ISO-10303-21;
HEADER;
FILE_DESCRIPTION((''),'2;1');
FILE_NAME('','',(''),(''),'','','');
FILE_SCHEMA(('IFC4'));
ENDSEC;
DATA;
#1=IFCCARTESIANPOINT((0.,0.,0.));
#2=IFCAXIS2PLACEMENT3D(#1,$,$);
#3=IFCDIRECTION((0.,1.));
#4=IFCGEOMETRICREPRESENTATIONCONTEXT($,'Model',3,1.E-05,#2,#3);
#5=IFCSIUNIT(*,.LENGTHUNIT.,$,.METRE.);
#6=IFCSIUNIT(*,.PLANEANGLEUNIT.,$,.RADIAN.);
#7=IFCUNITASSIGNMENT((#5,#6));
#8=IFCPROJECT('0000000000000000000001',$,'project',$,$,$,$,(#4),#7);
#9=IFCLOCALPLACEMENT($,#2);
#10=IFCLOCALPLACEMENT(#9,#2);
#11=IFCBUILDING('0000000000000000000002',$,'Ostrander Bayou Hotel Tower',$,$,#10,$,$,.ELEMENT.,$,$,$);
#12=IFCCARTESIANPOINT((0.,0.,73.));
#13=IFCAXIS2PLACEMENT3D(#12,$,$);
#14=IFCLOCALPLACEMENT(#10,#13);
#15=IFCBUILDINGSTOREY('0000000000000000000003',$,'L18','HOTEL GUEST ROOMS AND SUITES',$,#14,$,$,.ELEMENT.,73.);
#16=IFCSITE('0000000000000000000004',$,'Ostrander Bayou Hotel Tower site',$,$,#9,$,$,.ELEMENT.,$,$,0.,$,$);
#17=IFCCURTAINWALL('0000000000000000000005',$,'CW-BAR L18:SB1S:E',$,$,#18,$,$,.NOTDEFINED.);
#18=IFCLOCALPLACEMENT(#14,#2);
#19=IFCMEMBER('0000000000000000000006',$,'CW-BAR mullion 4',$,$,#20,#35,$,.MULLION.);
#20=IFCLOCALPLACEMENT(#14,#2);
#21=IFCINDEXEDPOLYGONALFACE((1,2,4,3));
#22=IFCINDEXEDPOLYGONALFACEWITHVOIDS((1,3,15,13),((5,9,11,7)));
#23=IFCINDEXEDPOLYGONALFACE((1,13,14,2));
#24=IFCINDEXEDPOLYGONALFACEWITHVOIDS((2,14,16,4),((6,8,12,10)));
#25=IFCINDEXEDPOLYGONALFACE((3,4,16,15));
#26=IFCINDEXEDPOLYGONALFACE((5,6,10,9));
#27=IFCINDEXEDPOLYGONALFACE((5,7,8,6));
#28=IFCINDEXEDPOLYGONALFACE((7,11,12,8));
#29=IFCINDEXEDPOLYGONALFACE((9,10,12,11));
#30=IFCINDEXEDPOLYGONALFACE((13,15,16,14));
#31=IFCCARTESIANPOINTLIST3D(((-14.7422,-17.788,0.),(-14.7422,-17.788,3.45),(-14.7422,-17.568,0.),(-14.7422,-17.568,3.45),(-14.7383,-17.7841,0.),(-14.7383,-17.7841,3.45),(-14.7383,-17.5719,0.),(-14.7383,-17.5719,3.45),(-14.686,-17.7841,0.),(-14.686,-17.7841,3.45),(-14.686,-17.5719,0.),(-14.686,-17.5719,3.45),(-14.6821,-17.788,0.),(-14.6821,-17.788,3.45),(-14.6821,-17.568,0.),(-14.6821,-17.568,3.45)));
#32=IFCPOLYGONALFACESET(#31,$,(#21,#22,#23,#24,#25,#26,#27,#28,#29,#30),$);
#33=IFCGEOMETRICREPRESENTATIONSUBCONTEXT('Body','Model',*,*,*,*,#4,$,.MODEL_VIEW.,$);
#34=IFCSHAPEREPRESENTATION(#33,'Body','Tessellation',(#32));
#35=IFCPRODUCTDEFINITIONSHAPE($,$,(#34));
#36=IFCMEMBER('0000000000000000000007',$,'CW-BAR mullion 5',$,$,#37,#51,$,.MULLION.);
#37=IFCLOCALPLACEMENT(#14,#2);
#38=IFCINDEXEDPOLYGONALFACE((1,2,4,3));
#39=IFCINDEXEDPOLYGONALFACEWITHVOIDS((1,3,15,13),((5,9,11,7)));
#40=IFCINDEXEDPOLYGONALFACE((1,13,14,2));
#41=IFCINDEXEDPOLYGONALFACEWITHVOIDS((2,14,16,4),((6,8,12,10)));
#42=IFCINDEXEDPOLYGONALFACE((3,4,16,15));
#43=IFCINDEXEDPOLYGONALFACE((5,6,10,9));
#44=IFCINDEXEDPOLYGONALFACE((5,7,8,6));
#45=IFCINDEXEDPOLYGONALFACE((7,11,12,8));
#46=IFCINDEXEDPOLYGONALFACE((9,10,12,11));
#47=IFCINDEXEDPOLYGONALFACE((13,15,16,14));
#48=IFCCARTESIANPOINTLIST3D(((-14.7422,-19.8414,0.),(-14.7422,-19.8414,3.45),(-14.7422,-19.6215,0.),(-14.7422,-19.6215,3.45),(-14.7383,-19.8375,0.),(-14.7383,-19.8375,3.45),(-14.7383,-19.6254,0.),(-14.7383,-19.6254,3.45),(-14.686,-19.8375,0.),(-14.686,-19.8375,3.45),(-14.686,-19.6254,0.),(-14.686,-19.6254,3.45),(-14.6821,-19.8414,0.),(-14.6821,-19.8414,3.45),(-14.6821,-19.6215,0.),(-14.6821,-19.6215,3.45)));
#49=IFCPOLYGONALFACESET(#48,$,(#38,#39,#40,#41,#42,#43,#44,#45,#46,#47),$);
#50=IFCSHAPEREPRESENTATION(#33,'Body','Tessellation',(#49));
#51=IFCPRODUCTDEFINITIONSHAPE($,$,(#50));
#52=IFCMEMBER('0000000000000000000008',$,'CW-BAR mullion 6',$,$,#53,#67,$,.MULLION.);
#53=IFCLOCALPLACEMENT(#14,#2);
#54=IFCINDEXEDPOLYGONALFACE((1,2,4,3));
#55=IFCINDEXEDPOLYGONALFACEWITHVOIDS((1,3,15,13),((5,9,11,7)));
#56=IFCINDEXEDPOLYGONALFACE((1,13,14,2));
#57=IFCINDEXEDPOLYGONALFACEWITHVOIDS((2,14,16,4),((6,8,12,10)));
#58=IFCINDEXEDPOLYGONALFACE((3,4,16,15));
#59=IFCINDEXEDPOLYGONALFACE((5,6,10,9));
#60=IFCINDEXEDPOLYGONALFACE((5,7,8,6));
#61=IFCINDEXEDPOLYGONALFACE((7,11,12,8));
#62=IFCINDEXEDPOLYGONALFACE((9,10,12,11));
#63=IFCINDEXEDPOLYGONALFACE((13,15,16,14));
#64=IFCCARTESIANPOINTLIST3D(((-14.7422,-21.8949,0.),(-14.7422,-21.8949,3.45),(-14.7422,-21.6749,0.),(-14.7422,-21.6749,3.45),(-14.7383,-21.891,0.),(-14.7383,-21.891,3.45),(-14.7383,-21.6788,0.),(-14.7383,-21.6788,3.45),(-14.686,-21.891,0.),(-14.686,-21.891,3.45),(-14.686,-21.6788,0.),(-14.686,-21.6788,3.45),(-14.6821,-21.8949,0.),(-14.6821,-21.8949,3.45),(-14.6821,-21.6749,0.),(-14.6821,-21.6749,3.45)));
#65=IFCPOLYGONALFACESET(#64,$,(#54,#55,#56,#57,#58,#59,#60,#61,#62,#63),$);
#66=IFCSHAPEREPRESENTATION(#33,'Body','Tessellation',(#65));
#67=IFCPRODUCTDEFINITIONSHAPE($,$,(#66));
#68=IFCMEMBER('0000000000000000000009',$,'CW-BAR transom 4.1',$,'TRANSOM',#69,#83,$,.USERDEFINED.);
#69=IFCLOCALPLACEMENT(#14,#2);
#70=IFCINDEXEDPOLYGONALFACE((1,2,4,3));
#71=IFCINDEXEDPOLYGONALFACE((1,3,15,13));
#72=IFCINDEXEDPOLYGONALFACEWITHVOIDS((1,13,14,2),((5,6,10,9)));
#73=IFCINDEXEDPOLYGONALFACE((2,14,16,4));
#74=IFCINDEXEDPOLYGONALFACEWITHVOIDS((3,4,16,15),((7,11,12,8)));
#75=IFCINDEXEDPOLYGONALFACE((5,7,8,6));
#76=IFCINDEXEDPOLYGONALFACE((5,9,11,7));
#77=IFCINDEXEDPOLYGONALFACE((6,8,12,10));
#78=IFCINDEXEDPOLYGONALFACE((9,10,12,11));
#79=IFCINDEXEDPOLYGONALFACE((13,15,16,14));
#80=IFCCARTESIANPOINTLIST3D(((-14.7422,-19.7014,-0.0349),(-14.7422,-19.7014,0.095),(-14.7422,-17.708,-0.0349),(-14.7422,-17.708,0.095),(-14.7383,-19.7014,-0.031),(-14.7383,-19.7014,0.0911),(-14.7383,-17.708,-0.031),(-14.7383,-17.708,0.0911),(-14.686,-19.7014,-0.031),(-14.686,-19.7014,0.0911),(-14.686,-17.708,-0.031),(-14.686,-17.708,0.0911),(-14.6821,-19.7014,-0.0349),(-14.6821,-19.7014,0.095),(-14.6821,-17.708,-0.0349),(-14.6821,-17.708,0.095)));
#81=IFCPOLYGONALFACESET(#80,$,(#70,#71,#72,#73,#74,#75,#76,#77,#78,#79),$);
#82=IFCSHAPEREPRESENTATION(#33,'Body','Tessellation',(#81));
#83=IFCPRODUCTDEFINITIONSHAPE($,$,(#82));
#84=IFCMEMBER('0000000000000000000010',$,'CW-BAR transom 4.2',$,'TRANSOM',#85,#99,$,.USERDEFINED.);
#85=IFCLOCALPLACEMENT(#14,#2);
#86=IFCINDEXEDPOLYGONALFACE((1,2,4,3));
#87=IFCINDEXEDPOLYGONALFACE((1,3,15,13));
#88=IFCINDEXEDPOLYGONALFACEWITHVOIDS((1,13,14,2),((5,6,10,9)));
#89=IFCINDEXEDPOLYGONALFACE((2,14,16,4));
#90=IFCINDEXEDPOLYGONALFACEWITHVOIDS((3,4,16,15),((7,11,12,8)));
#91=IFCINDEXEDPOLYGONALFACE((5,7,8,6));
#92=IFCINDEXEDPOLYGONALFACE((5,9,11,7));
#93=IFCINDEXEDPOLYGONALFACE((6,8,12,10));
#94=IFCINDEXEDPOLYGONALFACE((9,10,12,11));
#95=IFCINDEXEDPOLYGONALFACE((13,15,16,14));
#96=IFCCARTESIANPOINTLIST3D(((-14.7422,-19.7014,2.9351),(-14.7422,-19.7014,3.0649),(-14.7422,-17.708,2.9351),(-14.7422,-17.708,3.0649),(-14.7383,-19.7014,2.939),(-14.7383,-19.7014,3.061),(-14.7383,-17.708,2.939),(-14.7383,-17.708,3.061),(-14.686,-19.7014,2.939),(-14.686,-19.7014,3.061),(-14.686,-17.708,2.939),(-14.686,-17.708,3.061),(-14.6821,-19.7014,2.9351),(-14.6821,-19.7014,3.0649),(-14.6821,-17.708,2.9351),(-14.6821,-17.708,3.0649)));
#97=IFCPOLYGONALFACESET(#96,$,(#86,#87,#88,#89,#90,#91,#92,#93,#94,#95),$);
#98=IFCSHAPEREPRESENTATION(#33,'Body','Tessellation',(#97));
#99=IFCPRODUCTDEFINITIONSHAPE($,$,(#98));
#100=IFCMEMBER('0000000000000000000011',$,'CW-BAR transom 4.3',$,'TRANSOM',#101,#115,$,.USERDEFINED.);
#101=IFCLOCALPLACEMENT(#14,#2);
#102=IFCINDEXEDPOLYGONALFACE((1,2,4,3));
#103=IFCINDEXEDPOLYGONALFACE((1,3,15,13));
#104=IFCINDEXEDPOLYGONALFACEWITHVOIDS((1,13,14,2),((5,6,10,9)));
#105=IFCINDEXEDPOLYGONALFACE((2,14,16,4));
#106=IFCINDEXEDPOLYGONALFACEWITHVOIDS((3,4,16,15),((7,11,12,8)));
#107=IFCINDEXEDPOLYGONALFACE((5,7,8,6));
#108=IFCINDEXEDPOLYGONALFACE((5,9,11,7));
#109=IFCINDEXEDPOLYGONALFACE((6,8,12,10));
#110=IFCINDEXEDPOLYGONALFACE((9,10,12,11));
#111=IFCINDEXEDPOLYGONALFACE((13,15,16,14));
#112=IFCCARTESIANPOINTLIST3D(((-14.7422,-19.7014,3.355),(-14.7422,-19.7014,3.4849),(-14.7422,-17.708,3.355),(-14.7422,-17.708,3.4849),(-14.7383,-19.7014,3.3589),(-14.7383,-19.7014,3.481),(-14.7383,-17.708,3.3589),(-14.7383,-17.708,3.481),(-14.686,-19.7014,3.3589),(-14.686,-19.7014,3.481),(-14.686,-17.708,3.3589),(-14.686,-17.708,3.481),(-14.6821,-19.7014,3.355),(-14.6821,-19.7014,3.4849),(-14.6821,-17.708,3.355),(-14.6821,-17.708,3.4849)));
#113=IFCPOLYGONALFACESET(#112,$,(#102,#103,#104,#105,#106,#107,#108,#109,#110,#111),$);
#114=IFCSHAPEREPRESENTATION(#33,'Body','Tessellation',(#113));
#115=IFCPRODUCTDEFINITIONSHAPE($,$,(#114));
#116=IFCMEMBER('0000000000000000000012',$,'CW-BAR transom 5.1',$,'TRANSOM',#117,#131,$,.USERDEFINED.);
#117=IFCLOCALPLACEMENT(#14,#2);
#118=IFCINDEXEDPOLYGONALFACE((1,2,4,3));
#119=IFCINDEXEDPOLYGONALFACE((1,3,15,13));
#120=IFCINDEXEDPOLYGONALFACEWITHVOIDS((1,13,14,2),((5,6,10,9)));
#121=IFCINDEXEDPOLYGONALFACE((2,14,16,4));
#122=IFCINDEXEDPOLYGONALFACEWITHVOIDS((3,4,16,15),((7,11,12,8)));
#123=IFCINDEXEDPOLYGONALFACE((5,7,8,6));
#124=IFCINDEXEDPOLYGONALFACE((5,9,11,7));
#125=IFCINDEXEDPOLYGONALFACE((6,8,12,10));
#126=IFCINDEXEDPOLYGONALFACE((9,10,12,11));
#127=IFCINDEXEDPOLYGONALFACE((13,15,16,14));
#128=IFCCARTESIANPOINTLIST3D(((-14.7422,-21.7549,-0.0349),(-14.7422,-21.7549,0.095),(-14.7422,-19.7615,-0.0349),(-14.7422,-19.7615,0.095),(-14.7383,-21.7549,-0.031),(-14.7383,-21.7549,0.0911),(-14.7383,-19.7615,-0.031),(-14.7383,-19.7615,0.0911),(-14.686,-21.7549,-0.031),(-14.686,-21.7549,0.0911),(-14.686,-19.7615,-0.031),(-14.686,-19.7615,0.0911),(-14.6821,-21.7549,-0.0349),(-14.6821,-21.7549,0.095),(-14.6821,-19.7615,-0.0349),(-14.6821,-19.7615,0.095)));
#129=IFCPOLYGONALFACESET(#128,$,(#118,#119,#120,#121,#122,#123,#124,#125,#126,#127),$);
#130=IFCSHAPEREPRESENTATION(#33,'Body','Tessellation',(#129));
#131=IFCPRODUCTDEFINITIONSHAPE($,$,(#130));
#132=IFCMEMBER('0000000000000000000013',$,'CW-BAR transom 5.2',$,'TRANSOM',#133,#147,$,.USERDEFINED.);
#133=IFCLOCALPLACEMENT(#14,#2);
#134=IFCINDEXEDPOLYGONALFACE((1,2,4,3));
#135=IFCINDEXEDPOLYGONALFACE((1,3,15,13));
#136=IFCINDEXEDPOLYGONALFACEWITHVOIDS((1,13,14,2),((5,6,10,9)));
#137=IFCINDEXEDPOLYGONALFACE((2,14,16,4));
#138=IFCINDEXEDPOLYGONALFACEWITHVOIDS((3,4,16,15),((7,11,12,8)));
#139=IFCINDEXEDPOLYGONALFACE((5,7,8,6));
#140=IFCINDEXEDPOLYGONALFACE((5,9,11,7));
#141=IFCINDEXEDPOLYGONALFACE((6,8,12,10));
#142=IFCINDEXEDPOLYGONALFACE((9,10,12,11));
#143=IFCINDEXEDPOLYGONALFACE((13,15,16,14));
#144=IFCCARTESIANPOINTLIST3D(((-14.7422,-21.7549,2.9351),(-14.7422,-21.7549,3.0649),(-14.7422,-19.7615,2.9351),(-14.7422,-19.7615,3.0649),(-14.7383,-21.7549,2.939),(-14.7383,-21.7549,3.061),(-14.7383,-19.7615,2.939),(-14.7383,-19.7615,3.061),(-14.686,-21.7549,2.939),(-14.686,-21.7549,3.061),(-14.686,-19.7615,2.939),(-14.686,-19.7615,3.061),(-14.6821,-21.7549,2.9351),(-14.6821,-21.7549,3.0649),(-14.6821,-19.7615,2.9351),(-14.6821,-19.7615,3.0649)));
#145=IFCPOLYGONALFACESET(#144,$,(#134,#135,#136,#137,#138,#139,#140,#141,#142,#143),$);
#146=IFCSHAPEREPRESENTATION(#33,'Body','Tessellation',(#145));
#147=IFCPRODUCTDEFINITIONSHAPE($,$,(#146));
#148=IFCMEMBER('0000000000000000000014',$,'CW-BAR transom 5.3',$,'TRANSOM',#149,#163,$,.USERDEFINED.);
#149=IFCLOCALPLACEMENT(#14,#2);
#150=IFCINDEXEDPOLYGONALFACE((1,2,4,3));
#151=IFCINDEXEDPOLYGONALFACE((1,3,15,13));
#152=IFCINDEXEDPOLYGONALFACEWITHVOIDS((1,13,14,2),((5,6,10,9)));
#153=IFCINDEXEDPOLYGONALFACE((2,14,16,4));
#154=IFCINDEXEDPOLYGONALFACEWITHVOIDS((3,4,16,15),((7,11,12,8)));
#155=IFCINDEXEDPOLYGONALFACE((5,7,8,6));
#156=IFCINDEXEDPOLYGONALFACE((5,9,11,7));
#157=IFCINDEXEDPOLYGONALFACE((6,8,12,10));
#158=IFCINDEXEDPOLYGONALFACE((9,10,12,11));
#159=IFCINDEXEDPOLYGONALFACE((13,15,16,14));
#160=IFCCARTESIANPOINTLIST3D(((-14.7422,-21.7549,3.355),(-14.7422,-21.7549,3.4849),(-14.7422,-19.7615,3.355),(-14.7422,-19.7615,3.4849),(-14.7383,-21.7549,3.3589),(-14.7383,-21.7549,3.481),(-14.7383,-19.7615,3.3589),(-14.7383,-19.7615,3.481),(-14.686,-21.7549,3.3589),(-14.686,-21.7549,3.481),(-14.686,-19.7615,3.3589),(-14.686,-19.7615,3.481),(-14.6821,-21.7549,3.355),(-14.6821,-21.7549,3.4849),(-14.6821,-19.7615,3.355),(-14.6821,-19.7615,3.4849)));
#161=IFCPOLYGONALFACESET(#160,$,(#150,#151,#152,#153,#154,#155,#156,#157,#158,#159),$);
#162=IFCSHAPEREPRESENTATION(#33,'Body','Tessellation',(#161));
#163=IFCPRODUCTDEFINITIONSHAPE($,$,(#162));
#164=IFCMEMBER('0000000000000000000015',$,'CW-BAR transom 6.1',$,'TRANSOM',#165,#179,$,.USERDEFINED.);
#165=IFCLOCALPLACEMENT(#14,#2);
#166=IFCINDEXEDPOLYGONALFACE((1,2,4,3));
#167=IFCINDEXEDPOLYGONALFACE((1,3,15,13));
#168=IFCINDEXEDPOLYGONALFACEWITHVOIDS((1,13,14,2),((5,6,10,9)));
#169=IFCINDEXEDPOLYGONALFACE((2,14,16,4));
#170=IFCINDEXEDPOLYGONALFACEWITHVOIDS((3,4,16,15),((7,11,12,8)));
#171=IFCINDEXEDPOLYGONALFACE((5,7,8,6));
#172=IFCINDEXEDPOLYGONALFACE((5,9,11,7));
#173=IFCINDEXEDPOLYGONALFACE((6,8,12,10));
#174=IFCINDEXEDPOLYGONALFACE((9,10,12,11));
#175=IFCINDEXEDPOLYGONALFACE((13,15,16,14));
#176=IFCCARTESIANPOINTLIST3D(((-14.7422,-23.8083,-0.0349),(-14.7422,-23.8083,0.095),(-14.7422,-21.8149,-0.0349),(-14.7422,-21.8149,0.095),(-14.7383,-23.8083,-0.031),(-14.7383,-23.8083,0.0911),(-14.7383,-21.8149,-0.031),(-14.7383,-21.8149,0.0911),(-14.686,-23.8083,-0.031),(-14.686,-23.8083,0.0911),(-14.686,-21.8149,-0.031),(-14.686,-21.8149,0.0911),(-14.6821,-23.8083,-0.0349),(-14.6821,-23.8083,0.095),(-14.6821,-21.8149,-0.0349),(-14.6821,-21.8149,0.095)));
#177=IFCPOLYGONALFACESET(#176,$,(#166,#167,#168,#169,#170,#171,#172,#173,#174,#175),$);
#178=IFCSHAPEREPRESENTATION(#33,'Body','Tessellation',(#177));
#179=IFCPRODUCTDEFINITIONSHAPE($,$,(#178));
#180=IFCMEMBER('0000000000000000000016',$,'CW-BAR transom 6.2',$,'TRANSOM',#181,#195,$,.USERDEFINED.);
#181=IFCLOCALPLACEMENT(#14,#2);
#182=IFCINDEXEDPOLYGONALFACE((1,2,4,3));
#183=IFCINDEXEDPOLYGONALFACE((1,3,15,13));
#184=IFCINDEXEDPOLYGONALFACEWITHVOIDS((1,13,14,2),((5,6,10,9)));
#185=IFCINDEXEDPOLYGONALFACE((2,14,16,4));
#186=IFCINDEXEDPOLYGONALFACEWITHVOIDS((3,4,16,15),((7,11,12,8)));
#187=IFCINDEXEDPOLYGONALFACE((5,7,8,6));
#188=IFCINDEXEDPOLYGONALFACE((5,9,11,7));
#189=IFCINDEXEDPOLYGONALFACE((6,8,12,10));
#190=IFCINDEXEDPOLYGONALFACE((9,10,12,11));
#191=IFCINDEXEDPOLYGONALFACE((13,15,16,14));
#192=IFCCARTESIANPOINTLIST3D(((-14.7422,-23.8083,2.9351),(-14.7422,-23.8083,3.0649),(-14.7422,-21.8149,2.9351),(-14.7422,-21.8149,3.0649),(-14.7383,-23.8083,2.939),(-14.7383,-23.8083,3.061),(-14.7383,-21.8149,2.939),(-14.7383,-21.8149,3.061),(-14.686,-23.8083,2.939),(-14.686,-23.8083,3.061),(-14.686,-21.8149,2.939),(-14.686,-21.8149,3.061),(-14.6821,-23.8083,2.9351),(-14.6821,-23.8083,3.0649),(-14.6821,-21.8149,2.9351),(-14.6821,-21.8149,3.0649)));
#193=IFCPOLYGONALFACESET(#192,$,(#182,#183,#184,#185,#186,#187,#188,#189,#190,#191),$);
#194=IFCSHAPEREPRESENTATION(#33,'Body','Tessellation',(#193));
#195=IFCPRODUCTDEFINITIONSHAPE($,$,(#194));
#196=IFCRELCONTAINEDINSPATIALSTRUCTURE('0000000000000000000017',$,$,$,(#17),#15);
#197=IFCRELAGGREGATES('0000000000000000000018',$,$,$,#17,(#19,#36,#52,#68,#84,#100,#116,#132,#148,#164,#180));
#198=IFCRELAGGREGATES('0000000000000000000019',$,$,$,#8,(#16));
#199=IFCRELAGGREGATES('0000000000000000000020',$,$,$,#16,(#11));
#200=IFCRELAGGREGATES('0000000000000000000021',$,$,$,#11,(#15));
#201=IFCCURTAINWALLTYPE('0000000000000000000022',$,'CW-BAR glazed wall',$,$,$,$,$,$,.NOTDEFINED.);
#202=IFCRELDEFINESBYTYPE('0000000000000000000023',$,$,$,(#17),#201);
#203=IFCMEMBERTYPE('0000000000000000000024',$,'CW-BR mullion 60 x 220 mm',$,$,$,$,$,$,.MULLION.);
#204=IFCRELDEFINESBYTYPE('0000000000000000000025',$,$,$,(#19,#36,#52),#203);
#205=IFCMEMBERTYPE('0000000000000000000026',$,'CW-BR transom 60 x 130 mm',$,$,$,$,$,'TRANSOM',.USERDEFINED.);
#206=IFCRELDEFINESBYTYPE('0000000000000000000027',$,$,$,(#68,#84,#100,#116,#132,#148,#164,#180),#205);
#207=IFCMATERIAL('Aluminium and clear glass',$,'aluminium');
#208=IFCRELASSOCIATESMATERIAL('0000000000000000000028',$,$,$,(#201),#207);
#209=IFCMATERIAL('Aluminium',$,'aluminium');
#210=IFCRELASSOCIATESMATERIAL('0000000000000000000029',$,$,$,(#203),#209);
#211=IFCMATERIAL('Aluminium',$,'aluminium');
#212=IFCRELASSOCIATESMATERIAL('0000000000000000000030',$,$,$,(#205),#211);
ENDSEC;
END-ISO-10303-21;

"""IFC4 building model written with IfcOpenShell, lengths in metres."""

from ifc_helpers import new_model, si_unit, direction, frame, origin, origin_2d, place, context, subcontext, project, spatial, hollow_rectangle, extrude, material, material_profile, profile_set, type_object, element, aggregate, save


model = new_model("IFC4")

# Units and contexts
model_context = context("Model", 3, precision=1e-05, world=origin(), true_north=direction((0.0, 1.0)))
body_context = subcontext(model_context, "Body", "Model", "MODEL_VIEW")
ifc_project = project(units=[si_unit("LENGTHUNIT", "METRE"), si_unit("PLANEANGLEUNIT", "RADIAN")], contexts=[model_context])

# Site, building, storey
site_placement = place(None, origin())
site = spatial("IfcSite", under=ifc_project, at=site_placement, Name="Ostrander Bayou Hotel Tower site", CompositionType="ELEMENT", RefElevation=0.0)
building_placement = place(site_placement, origin())
building = spatial("IfcBuilding", under=site, at=building_placement, Name="Ostrander Bayou Hotel Tower", CompositionType="ELEMENT")
storey_placement = place(building_placement, frame((0.0, 0.0, 73.0)))
storey = spatial("IfcBuildingStorey", under=building, at=storey_placement, Name="L18", Description="HOTEL GUEST ROOMS AND SUITES", CompositionType="ELEMENT", Elevation=73.0)

# Curtain wall, members
ifc_material_1 = material(Name="Aluminium and clear glass", Category="aluminium")
curtain_wall_type = type_object("IfcCurtainWallType", Name="CW-BAR glazed wall", PredefinedType="NOTDEFINED", material=ifc_material_1)
curtain_wall_placement = place(storey_placement, origin())
curtain_wall = element("IfcCurtainWall", 1, at=curtain_wall_placement, inside=storey, type_object=curtain_wall_type, Name="CW-BAR L18:SB1S:E", PredefinedType="NOTDEFINED")
ifc_material_2 = material(Name="Aluminium", Category="aluminium")
ifc_material_profile_1 = material_profile(ifc_material_2, hollow_rectangle(XDim=0.0601, YDim=0.22, WallThickness=0.0039, at=origin_2d()))
ifc_profile_set_1 = profile_set([ifc_material_profile_1], Name="Aluminium")
member_type_1 = type_object("IfcMemberType", Name="CW-BR mullion 60 x 220 mm", PredefinedType="MULLION", material=ifc_profile_set_1)
member_1_placement = place(storey_placement, frame((-14.7122, -17.678, 0.0), z_axis=(0.0, 0.0, 1.0), x_axis=(1.0, 0.0, 0.0)))
member_1 = element("IfcMember", 2, at=member_1_placement, type_object=member_type_1, Name="CW-BAR mullion 4", PredefinedType="MULLION", context=body_context, shape_type="SweptSolid", body=[
    extrude(hollow_rectangle(XDim=0.0601, YDim=0.22, WallThickness=0.0039, at=origin_2d()), origin(), (0.0, 0.0, 1.0), 3.45),
])
member_2_placement = place(storey_placement, frame((-14.7122, -19.7314, 0.0), z_axis=(0.0, 0.0, 1.0), x_axis=(1.0, 0.0, 0.0)))
member_2 = element("IfcMember", 3, at=member_2_placement, type_object=member_type_1, Name="CW-BAR mullion 5", PredefinedType="MULLION", context=body_context, shape_type="SweptSolid", body=[
    extrude(hollow_rectangle(XDim=0.0601, YDim=0.22, WallThickness=0.0039, at=origin_2d()), origin(), (0.0, 0.0, 1.0), 3.45),
])
member_3_placement = place(storey_placement, frame((-14.7122, -21.7849, 0.0), z_axis=(0.0, 0.0, 1.0), x_axis=(1.0, 0.0, 0.0)))
member_3 = element("IfcMember", 4, at=member_3_placement, type_object=member_type_1, Name="CW-BAR mullion 6", PredefinedType="MULLION", context=body_context, shape_type="SweptSolid", body=[
    extrude(hollow_rectangle(XDim=0.0601, YDim=0.22, WallThickness=0.0039, at=origin_2d()), origin(), (0.0, 0.0, 1.0), 3.45),
])
ifc_material_3 = material(Name="Aluminium", Category="aluminium")
ifc_material_profile_2 = material_profile(ifc_material_3, hollow_rectangle(XDim=0.0601, YDim=0.1299, WallThickness=0.0039, at=origin_2d()))
ifc_profile_set_2 = profile_set([ifc_material_profile_2], Name="Aluminium")
member_type_2 = type_object("IfcMemberType", Name="CW-BR transom 60 x 130 mm", ElementType="TRANSOM", PredefinedType="USERDEFINED", material=ifc_profile_set_2)
member_4_placement = place(storey_placement, frame((-14.7122, -17.708, 0.03), z_axis=(0.0, -1.0, 0.0), x_axis=(1.0, 0.0, 0.0)))
member_4 = element("IfcMember", 5, at=member_4_placement, type_object=member_type_2, Name="CW-BAR transom 4.1", ObjectType="TRANSOM", PredefinedType="USERDEFINED", context=body_context, shape_type="SweptSolid", body=[
    extrude(hollow_rectangle(XDim=0.0601, YDim=0.1299, WallThickness=0.0039, at=origin_2d()), origin(), (0.0, 0.0, 1.0), 1.9934),
])
member_5_placement = place(storey_placement, frame((-14.7122, -17.708, 3.0), z_axis=(0.0, -1.0, 0.0), x_axis=(1.0, 0.0, 0.0)))
member_5 = element("IfcMember", 6, at=member_5_placement, type_object=member_type_2, Name="CW-BAR transom 4.2", ObjectType="TRANSOM", PredefinedType="USERDEFINED", context=body_context, shape_type="SweptSolid", body=[
    extrude(hollow_rectangle(XDim=0.0601, YDim=0.1299, WallThickness=0.0039, at=origin_2d()), origin(), (0.0, 0.0, 1.0), 1.9934),
])
member_6_placement = place(storey_placement, frame((-14.7122, -17.708, 3.4199), z_axis=(0.0, -1.0, 0.0), x_axis=(1.0, 0.0, 0.0)))
member_6 = element("IfcMember", 7, at=member_6_placement, type_object=member_type_2, Name="CW-BAR transom 4.3", ObjectType="TRANSOM", PredefinedType="USERDEFINED", context=body_context, shape_type="SweptSolid", body=[
    extrude(hollow_rectangle(XDim=0.0601, YDim=0.1299, WallThickness=0.0039, at=origin_2d()), origin(), (0.0, 0.0, 1.0), 1.9934),
])
member_7_placement = place(storey_placement, frame((-14.7122, -19.7615, 0.03), z_axis=(0.0, -1.0, 0.0), x_axis=(1.0, 0.0, 0.0)))
member_7 = element("IfcMember", 8, at=member_7_placement, type_object=member_type_2, Name="CW-BAR transom 5.1", ObjectType="TRANSOM", PredefinedType="USERDEFINED", context=body_context, shape_type="SweptSolid", body=[
    extrude(hollow_rectangle(XDim=0.0601, YDim=0.1299, WallThickness=0.0039, at=origin_2d()), origin(), (0.0, 0.0, 1.0), 1.9934),
])
member_8_placement = place(storey_placement, frame((-14.7122, -19.7615, 3.0), z_axis=(0.0, -1.0, 0.0), x_axis=(1.0, 0.0, 0.0)))
member_8 = element("IfcMember", 9, at=member_8_placement, type_object=member_type_2, Name="CW-BAR transom 5.2", ObjectType="TRANSOM", PredefinedType="USERDEFINED", context=body_context, shape_type="SweptSolid", body=[
    extrude(hollow_rectangle(XDim=0.0601, YDim=0.1299, WallThickness=0.0039, at=origin_2d()), origin(), (0.0, 0.0, 1.0), 1.9934),
])
member_9_placement = place(storey_placement, frame((-14.7122, -19.7615, 3.4199), z_axis=(0.0, -1.0, 0.0), x_axis=(1.0, 0.0, 0.0)))
member_9 = element("IfcMember", 10, at=member_9_placement, type_object=member_type_2, Name="CW-BAR transom 5.3", ObjectType="TRANSOM", PredefinedType="USERDEFINED", context=body_context, shape_type="SweptSolid", body=[
    extrude(hollow_rectangle(XDim=0.0601, YDim=0.1299, WallThickness=0.0039, at=origin_2d()), origin(), (0.0, 0.0, 1.0), 1.9934),
])
member_10_placement = place(storey_placement, frame((-14.7122, -21.8149, 0.03), z_axis=(0.0, -1.0, 0.0), x_axis=(1.0, 0.0, 0.0)))
member_10 = element("IfcMember", 11, at=member_10_placement, type_object=member_type_2, Name="CW-BAR transom 6.1", ObjectType="TRANSOM", PredefinedType="USERDEFINED", context=body_context, shape_type="SweptSolid", body=[
    extrude(hollow_rectangle(XDim=0.0601, YDim=0.1299, WallThickness=0.0039, at=origin_2d()), origin(), (0.0, 0.0, 1.0), 1.9934),
])
member_11_placement = place(storey_placement, frame((-14.7122, -21.8149, 3.0), z_axis=(0.0, -1.0, 0.0), x_axis=(1.0, 0.0, 0.0)))
member_11 = element("IfcMember", 12, at=member_11_placement, type_object=member_type_2, Name="CW-BAR transom 6.2", ObjectType="TRANSOM", PredefinedType="USERDEFINED", context=body_context, shape_type="SweptSolid", body=[
    extrude(hollow_rectangle(XDim=0.0601, YDim=0.1299, WallThickness=0.0039, at=origin_2d()), origin(), (0.0, 0.0, 1.0), 1.9934),
])

aggregate(curtain_wall, [member_1, member_2, member_3, member_4, member_5, member_6, member_7, member_8, member_9, member_10, member_11])

save(model, "model.ifc")
